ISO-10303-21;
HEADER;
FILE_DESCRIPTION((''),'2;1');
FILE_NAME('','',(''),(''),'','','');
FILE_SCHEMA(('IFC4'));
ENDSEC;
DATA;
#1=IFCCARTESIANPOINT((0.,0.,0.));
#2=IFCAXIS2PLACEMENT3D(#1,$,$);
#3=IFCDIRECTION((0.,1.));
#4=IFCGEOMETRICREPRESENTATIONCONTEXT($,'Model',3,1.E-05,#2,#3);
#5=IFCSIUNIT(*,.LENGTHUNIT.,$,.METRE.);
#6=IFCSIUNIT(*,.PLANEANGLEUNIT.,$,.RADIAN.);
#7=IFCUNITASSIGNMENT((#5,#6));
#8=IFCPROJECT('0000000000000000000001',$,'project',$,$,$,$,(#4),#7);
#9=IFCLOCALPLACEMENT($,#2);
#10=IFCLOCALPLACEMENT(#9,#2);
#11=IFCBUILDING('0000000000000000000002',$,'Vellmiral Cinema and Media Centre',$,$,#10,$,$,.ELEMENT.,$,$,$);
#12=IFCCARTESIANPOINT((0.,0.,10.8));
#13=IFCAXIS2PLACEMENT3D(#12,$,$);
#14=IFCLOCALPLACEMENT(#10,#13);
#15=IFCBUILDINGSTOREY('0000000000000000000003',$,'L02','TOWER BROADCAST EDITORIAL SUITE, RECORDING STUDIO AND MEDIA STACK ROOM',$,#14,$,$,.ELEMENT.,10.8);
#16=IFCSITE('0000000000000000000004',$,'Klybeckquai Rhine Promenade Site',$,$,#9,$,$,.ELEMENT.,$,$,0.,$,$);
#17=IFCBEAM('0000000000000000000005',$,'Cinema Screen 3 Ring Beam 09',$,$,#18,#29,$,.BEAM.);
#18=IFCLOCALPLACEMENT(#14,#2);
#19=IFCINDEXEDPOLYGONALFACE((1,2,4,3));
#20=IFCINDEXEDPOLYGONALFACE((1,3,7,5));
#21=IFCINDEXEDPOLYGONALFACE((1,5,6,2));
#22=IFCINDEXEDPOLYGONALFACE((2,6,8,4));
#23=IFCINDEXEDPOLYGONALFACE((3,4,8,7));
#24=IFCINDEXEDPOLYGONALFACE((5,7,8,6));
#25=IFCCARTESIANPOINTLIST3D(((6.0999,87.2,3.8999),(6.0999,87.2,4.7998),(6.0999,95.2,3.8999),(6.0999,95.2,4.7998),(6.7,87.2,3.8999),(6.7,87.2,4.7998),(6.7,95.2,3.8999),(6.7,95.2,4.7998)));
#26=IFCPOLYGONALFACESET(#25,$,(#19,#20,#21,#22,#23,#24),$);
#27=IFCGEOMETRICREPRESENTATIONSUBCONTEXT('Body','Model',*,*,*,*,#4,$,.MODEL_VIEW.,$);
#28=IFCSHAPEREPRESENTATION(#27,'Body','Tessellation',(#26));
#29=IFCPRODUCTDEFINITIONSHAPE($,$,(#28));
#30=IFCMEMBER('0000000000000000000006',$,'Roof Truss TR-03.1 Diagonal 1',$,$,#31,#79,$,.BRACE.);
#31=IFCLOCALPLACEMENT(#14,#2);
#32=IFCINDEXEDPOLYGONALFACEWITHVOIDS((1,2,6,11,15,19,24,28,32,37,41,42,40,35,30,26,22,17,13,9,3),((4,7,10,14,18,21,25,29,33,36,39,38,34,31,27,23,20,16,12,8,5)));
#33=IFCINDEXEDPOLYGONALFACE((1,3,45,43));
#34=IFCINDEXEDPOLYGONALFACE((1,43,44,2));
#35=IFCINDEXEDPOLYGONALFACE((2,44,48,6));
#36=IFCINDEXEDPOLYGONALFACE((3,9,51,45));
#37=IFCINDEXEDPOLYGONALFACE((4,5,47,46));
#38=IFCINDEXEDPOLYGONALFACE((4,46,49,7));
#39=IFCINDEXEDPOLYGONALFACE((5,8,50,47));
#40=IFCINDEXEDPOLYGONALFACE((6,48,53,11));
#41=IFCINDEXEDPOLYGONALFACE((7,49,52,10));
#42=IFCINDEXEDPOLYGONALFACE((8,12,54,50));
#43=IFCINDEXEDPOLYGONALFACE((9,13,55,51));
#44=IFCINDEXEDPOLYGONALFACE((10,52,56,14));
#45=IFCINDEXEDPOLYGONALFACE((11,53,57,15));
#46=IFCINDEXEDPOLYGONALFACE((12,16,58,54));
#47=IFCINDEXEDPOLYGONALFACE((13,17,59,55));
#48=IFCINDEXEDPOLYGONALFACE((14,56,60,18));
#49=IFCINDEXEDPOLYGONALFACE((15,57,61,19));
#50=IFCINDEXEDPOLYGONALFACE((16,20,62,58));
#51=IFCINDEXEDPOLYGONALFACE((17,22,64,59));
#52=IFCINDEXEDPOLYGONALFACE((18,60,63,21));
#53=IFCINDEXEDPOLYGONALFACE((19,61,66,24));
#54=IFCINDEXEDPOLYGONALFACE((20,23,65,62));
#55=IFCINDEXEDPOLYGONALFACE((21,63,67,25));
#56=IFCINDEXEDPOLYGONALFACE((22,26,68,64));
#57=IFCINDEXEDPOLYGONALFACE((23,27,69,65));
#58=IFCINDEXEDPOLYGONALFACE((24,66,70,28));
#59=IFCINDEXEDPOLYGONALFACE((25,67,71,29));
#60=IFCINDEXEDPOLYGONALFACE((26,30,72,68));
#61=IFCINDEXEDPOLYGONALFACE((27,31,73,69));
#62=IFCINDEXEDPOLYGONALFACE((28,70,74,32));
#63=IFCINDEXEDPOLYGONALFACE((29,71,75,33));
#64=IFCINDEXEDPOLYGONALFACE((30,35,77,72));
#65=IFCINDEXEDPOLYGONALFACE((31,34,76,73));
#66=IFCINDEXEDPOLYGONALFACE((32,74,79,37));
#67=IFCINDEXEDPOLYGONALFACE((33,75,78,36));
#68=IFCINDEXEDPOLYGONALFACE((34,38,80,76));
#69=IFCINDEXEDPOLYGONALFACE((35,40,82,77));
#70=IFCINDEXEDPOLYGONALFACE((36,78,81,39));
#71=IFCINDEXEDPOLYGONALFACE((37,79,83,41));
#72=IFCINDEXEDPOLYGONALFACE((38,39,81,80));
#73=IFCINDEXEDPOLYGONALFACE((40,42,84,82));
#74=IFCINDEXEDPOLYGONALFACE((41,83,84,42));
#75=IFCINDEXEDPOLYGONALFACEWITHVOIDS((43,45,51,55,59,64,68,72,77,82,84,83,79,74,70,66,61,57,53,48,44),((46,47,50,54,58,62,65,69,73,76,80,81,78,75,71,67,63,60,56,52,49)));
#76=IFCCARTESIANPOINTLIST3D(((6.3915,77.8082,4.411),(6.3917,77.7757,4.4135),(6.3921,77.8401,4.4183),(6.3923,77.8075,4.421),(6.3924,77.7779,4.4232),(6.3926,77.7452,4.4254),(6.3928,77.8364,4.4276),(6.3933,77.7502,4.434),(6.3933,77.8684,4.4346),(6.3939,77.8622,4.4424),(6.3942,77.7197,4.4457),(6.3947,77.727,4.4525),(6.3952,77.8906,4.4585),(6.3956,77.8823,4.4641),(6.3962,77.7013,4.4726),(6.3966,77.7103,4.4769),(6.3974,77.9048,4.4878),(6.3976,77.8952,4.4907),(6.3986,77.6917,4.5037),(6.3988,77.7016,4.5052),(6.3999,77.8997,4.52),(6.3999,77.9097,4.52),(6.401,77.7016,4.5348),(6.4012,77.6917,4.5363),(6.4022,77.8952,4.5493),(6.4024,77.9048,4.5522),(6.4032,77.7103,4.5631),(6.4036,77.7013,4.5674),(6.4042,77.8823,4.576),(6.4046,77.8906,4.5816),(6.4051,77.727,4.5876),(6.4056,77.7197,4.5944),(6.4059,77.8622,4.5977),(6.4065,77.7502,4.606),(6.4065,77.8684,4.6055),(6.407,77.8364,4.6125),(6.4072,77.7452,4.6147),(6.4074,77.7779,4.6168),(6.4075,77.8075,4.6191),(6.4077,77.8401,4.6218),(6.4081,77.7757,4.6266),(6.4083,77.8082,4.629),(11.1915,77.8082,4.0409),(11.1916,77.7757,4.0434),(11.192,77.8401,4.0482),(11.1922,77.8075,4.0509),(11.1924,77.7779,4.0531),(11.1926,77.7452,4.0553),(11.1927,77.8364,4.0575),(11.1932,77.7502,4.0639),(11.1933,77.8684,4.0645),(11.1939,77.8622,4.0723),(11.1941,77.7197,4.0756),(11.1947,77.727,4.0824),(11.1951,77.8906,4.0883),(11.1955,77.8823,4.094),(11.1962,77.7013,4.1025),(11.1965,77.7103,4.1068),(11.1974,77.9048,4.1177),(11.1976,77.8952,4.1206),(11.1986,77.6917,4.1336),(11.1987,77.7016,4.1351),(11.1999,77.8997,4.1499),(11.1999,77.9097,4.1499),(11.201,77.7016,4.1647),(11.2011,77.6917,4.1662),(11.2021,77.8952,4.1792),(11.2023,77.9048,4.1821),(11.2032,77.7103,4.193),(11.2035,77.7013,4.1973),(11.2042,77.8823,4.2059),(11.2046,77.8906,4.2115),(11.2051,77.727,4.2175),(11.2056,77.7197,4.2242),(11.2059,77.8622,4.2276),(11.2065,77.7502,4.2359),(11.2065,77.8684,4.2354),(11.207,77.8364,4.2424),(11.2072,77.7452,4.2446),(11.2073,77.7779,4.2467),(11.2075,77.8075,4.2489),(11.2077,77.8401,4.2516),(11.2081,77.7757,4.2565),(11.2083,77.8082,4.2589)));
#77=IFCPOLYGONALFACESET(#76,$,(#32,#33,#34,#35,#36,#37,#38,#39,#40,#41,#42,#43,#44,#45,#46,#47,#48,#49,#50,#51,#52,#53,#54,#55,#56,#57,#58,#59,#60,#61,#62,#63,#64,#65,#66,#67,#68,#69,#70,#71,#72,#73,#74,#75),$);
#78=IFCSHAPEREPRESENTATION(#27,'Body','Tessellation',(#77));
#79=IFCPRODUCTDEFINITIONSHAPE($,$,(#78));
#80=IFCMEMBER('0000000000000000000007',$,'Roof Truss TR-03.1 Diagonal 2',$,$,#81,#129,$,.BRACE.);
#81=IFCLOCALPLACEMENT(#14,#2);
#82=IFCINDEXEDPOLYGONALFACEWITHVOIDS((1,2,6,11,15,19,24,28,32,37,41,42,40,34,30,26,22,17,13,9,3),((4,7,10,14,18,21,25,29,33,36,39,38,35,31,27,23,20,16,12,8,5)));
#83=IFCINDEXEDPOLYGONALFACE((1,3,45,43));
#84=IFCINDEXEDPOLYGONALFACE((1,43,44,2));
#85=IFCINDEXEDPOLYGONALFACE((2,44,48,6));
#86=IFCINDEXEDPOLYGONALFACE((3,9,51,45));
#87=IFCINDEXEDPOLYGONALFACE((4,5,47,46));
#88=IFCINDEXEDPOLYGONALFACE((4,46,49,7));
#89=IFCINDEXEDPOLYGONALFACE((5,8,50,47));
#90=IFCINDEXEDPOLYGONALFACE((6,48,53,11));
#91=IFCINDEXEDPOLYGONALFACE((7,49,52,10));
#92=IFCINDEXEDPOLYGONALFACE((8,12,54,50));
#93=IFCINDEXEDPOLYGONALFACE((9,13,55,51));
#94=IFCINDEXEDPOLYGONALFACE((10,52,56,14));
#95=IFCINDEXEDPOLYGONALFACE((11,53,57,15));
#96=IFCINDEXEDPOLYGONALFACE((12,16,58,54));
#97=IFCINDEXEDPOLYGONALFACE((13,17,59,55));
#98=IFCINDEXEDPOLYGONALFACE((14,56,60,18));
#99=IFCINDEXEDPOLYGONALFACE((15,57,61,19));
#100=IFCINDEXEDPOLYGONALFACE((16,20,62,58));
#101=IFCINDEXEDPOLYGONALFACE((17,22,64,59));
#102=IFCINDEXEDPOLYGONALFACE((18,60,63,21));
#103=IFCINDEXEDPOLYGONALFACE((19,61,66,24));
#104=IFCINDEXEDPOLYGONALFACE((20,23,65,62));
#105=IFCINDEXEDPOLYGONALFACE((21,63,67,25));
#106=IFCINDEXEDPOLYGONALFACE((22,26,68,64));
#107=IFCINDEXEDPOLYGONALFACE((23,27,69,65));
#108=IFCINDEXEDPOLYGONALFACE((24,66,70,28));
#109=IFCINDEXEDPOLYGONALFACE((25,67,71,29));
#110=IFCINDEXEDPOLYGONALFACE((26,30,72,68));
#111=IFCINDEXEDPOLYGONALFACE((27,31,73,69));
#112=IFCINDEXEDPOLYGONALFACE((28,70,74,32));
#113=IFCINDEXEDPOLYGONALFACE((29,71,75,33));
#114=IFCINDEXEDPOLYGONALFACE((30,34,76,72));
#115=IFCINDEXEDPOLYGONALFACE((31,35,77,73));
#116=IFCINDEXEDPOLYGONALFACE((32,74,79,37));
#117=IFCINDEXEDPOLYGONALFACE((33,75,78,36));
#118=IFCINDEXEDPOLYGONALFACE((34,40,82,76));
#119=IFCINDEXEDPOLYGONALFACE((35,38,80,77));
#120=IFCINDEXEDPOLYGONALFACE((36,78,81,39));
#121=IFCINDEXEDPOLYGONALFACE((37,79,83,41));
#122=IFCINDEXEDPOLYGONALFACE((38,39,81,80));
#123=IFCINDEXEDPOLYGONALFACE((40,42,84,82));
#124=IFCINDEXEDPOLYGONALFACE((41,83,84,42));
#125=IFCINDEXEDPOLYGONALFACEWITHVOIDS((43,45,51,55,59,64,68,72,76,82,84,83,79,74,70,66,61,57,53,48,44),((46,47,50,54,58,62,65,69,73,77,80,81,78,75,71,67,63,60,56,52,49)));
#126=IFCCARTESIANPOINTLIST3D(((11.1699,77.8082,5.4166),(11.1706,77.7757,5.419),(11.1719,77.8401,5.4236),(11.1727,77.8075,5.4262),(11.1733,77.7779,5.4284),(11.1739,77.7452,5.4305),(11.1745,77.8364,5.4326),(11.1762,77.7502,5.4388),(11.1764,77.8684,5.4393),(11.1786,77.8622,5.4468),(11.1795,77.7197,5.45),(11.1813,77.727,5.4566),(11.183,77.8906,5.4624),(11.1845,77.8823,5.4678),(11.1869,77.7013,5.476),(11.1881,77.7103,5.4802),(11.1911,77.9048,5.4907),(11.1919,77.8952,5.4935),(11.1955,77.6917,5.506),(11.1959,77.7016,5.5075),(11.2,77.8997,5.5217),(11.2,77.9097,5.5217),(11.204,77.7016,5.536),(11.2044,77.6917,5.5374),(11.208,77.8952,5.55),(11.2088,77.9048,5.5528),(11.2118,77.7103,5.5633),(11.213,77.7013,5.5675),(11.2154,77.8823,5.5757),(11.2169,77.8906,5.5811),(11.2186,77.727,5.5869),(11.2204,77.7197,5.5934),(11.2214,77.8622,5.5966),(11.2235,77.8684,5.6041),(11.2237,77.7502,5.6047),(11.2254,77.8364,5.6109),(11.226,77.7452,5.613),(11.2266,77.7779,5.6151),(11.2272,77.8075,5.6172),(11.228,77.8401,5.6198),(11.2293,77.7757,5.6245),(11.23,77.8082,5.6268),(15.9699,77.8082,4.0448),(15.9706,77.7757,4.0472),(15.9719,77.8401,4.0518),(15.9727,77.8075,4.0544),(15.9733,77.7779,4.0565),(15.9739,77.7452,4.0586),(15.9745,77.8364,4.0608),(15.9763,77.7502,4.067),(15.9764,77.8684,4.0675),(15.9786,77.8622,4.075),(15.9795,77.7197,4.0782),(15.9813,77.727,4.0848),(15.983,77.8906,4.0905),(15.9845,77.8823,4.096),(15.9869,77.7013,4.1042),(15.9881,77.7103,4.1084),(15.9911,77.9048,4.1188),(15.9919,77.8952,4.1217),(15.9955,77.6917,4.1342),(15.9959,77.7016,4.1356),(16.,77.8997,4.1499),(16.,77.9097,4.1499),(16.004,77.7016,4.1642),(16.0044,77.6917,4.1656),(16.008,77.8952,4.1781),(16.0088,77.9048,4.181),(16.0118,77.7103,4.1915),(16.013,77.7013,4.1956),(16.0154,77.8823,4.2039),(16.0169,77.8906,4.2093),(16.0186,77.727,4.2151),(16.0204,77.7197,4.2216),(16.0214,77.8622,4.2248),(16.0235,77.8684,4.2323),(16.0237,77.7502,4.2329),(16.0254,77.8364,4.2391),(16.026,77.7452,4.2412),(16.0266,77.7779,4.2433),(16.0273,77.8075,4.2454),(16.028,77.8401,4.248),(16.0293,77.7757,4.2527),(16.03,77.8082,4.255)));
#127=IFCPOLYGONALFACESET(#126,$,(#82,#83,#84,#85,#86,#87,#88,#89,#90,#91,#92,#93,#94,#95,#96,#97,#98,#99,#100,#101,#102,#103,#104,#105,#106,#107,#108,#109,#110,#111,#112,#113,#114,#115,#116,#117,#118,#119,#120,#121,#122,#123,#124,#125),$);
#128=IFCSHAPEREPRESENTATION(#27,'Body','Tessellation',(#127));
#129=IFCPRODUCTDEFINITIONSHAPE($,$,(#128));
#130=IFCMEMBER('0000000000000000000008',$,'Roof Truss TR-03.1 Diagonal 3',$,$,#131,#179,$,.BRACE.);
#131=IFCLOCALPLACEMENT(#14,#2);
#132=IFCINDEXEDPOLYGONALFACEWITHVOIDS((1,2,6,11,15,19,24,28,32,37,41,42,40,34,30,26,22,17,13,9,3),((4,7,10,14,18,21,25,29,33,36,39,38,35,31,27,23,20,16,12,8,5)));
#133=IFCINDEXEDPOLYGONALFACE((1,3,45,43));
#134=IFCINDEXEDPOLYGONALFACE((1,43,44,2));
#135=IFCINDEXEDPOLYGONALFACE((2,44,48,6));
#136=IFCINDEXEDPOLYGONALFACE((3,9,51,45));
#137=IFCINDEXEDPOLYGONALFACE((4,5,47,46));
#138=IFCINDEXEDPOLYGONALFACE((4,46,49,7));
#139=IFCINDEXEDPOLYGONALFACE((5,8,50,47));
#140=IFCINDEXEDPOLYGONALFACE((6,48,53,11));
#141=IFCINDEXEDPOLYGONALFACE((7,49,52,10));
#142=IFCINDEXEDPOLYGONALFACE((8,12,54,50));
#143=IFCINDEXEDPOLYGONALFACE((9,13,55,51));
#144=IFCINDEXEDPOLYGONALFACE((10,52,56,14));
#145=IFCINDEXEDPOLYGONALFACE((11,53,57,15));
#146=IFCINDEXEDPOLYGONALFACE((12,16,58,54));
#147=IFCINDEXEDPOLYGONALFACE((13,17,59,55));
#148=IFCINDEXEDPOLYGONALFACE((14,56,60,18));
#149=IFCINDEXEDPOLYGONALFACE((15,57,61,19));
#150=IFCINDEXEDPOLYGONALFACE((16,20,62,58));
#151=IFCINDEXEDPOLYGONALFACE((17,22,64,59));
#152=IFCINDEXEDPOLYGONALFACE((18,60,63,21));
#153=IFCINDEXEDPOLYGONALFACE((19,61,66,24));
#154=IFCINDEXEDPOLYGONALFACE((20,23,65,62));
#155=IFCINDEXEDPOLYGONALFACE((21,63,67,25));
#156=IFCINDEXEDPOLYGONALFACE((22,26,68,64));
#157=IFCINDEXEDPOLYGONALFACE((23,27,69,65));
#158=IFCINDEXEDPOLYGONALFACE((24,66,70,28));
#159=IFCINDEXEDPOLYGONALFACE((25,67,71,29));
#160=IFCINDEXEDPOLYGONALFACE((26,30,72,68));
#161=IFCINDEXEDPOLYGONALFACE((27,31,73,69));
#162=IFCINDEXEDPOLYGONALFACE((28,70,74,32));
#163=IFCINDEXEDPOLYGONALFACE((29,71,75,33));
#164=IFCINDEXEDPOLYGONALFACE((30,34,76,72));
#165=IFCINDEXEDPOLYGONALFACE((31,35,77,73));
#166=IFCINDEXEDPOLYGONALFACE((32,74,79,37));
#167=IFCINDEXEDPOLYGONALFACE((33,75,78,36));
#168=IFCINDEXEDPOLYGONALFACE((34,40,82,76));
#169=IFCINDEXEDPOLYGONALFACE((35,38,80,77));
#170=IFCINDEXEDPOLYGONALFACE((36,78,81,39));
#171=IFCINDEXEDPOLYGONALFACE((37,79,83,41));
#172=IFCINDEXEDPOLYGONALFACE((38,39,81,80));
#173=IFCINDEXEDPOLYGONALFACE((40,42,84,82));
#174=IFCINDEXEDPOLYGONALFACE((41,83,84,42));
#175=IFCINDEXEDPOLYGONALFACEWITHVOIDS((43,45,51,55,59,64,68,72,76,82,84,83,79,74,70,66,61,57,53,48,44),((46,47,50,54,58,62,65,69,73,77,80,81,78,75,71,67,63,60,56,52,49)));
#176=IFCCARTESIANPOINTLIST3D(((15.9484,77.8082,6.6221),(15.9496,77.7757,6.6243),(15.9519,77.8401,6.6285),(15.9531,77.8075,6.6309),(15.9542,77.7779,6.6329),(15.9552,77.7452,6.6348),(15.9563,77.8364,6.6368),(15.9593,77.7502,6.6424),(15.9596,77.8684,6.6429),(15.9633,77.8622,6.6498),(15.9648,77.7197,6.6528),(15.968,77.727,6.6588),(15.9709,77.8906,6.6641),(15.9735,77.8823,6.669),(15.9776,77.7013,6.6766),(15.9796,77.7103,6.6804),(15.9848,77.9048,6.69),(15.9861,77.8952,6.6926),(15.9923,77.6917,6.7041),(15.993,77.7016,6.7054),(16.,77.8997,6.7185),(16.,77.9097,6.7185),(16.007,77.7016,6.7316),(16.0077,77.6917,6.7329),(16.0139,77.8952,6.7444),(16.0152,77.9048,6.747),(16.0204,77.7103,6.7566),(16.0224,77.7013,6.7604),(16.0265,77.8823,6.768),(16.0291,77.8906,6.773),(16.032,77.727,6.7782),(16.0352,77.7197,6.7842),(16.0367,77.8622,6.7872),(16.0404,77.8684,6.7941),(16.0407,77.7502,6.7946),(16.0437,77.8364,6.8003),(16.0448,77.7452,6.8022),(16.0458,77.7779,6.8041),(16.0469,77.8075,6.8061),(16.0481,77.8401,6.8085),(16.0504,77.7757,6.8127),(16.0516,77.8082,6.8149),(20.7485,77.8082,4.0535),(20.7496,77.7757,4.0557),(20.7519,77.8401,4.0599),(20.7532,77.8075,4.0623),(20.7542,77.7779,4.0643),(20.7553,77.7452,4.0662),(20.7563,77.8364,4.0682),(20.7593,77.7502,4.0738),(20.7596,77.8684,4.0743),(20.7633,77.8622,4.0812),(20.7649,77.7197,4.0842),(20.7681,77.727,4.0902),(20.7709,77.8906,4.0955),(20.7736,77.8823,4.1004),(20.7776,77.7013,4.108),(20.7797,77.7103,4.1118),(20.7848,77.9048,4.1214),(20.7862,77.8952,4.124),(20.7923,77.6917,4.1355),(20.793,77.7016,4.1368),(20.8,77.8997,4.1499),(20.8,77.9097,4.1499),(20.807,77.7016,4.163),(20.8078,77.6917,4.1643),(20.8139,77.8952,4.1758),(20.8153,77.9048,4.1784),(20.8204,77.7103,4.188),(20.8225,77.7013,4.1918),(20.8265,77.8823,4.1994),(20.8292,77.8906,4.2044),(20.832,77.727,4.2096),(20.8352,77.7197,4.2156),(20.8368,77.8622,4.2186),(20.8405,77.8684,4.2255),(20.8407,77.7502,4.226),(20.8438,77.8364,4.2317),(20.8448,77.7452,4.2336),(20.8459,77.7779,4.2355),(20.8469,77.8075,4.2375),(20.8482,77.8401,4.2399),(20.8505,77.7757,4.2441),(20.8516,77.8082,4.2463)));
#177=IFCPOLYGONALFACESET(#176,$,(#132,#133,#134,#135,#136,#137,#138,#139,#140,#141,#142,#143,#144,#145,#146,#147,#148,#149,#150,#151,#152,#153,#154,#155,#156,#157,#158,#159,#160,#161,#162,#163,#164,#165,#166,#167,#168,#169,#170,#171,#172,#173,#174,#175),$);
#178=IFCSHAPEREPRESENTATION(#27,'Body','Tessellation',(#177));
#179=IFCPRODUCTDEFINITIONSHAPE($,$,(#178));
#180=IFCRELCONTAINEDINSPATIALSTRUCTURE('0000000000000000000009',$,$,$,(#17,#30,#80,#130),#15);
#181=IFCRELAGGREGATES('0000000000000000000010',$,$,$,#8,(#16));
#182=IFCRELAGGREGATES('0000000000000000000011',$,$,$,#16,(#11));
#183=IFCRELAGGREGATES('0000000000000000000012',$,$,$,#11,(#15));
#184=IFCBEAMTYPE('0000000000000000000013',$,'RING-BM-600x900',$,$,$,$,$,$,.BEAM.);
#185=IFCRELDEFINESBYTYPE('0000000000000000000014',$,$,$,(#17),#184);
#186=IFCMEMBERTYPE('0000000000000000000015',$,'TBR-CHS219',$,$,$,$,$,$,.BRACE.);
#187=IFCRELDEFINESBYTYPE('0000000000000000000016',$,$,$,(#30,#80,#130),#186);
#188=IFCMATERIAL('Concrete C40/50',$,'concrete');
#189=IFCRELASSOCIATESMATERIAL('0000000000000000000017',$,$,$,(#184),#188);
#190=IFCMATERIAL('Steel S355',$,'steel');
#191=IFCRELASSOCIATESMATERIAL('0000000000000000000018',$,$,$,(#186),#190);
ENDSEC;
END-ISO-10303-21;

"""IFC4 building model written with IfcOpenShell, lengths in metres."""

from ifc_helpers import new_model, si_unit, direction, frame, origin, origin_2d, place, context, subcontext, project, spatial, rectangle, hollow_circle, extrude, material, material_profile, profile_set, type_object, element, save


model = new_model("IFC4")

# Units and contexts
model_context = context("Model", 3, precision=1e-05, world=origin(), true_north=direction((0.0, 1.0)))
body_context = subcontext(model_context, "Body", "Model", "MODEL_VIEW")
ifc_project = project(units=[si_unit("LENGTHUNIT", "METRE"), si_unit("PLANEANGLEUNIT", "RADIAN")], contexts=[model_context])

# Site, building, storey
site_placement = place(None, origin())
site = spatial("IfcSite", under=ifc_project, at=site_placement, Name="Klybeckquai Rhine Promenade Site", CompositionType="ELEMENT", RefElevation=0.0)
building_placement = place(site_placement, origin())
building = spatial("IfcBuilding", under=site, at=building_placement, Name="Vellmiral Cinema and Media Centre", CompositionType="ELEMENT")
storey_placement = place(building_placement, frame((0.0, 0.0, 10.8)))
storey = spatial("IfcBuildingStorey", under=building, at=storey_placement, Name="L02", Description="TOWER BROADCAST EDITORIAL SUITE, RECORDING STUDIO AND MEDIA STACK ROOM", CompositionType="ELEMENT", Elevation=10.8)

# Beam
ifc_material_1 = material(Name="Concrete C40/50", Category="concrete")
ifc_material_profile_1 = material_profile(ifc_material_1, rectangle(XDim=0.6001, YDim=0.8999, at=origin_2d()), Name="RC 600x900")
ifc_profile_set_1 = profile_set([ifc_material_profile_1], Name="Concrete C40/50")
beam_type = type_object("IfcBeamType", Name="RING-BM-600x900", PredefinedType="BEAM", material=ifc_profile_set_1)
for number, where, z_axis, x_axis, name in (
    (1, (6.3999, 87.2, 4.3499), (0.0, 1.0, 0.0), (-1.0, 0.0, 0.0), "Cinema Screen 3 Ring Beam 09"),
):
    element("IfcBeam", number, at=place(storey_placement, frame(where, z_axis=z_axis, x_axis=x_axis)), inside=storey, type_object=beam_type, Name=name, PredefinedType="BEAM", context=body_context, shape_type="SweptSolid", body=[
        extrude(rectangle(XDim=0.6001, YDim=0.8999, at=origin_2d()), origin(), (0.0, 0.0, 1.0), 8.0),
    ])

# Members
ifc_material_2 = material(Name="Steel S355", Category="steel")
ifc_material_profile_2 = material_profile(ifc_material_2, hollow_circle(Radius=0.1096, WallThickness=0.01, at=origin_2d()), Name="CHS 219.1x10.0")
ifc_profile_set_2 = profile_set([ifc_material_profile_2], Name="Steel S355")
member_type_1 = type_object("IfcMemberType", Name="TBR-CHS219", PredefinedType="BRACE", material=ifc_profile_set_2)
member_1_placement = place(storey_placement, frame((6.3999, 77.8, 4.52), z_axis=(0.99704, 0.0, -0.076879), x_axis=(0.0, 1.0, 0.0)))
element("IfcMember", 2, at=member_1_placement, inside=storey, type_object=member_type_1, Name="Roof Truss TR-03.1 Diagonal 1", PredefinedType="BRACE", context=body_context, shape_type="SweptSolid", body=[
    extrude(hollow_circle(Radius=0.1096, WallThickness=0.01, at=origin_2d()), origin(), (0.0, 0.0, 1.0), 4.8142),
])
member_2_placement = place(storey_placement, frame((11.2, 77.8, 5.5217), z_axis=(0.961504, 0.0, -0.274792), x_axis=(0.0, 1.0, 0.0)))
element("IfcMember", 3, at=member_2_placement, inside=storey, type_object=member_type_1, Name="Roof Truss TR-03.1 Diagonal 2", PredefinedType="BRACE", context=body_context, shape_type="SweptSolid", body=[
    extrude(hollow_circle(Radius=0.1096, WallThickness=0.01, at=origin_2d()), origin(), (0.0, 0.0, 1.0), 4.9922),
])
member_3_placement = place(storey_placement, frame((16.0, 77.8, 6.7185), z_axis=(0.881698, 0.0, -0.471814), x_axis=(0.0, 1.0, 0.0)))
element("IfcMember", 4, at=member_3_placement, inside=storey, type_object=member_type_1, Name="Roof Truss TR-03.1 Diagonal 3", PredefinedType="BRACE", context=body_context, shape_type="SweptSolid", body=[
    extrude(hollow_circle(Radius=0.1096, WallThickness=0.01, at=origin_2d()), origin(), (0.0, 0.0, 1.0), 5.4441),
])

save(model, "model.ifc")
